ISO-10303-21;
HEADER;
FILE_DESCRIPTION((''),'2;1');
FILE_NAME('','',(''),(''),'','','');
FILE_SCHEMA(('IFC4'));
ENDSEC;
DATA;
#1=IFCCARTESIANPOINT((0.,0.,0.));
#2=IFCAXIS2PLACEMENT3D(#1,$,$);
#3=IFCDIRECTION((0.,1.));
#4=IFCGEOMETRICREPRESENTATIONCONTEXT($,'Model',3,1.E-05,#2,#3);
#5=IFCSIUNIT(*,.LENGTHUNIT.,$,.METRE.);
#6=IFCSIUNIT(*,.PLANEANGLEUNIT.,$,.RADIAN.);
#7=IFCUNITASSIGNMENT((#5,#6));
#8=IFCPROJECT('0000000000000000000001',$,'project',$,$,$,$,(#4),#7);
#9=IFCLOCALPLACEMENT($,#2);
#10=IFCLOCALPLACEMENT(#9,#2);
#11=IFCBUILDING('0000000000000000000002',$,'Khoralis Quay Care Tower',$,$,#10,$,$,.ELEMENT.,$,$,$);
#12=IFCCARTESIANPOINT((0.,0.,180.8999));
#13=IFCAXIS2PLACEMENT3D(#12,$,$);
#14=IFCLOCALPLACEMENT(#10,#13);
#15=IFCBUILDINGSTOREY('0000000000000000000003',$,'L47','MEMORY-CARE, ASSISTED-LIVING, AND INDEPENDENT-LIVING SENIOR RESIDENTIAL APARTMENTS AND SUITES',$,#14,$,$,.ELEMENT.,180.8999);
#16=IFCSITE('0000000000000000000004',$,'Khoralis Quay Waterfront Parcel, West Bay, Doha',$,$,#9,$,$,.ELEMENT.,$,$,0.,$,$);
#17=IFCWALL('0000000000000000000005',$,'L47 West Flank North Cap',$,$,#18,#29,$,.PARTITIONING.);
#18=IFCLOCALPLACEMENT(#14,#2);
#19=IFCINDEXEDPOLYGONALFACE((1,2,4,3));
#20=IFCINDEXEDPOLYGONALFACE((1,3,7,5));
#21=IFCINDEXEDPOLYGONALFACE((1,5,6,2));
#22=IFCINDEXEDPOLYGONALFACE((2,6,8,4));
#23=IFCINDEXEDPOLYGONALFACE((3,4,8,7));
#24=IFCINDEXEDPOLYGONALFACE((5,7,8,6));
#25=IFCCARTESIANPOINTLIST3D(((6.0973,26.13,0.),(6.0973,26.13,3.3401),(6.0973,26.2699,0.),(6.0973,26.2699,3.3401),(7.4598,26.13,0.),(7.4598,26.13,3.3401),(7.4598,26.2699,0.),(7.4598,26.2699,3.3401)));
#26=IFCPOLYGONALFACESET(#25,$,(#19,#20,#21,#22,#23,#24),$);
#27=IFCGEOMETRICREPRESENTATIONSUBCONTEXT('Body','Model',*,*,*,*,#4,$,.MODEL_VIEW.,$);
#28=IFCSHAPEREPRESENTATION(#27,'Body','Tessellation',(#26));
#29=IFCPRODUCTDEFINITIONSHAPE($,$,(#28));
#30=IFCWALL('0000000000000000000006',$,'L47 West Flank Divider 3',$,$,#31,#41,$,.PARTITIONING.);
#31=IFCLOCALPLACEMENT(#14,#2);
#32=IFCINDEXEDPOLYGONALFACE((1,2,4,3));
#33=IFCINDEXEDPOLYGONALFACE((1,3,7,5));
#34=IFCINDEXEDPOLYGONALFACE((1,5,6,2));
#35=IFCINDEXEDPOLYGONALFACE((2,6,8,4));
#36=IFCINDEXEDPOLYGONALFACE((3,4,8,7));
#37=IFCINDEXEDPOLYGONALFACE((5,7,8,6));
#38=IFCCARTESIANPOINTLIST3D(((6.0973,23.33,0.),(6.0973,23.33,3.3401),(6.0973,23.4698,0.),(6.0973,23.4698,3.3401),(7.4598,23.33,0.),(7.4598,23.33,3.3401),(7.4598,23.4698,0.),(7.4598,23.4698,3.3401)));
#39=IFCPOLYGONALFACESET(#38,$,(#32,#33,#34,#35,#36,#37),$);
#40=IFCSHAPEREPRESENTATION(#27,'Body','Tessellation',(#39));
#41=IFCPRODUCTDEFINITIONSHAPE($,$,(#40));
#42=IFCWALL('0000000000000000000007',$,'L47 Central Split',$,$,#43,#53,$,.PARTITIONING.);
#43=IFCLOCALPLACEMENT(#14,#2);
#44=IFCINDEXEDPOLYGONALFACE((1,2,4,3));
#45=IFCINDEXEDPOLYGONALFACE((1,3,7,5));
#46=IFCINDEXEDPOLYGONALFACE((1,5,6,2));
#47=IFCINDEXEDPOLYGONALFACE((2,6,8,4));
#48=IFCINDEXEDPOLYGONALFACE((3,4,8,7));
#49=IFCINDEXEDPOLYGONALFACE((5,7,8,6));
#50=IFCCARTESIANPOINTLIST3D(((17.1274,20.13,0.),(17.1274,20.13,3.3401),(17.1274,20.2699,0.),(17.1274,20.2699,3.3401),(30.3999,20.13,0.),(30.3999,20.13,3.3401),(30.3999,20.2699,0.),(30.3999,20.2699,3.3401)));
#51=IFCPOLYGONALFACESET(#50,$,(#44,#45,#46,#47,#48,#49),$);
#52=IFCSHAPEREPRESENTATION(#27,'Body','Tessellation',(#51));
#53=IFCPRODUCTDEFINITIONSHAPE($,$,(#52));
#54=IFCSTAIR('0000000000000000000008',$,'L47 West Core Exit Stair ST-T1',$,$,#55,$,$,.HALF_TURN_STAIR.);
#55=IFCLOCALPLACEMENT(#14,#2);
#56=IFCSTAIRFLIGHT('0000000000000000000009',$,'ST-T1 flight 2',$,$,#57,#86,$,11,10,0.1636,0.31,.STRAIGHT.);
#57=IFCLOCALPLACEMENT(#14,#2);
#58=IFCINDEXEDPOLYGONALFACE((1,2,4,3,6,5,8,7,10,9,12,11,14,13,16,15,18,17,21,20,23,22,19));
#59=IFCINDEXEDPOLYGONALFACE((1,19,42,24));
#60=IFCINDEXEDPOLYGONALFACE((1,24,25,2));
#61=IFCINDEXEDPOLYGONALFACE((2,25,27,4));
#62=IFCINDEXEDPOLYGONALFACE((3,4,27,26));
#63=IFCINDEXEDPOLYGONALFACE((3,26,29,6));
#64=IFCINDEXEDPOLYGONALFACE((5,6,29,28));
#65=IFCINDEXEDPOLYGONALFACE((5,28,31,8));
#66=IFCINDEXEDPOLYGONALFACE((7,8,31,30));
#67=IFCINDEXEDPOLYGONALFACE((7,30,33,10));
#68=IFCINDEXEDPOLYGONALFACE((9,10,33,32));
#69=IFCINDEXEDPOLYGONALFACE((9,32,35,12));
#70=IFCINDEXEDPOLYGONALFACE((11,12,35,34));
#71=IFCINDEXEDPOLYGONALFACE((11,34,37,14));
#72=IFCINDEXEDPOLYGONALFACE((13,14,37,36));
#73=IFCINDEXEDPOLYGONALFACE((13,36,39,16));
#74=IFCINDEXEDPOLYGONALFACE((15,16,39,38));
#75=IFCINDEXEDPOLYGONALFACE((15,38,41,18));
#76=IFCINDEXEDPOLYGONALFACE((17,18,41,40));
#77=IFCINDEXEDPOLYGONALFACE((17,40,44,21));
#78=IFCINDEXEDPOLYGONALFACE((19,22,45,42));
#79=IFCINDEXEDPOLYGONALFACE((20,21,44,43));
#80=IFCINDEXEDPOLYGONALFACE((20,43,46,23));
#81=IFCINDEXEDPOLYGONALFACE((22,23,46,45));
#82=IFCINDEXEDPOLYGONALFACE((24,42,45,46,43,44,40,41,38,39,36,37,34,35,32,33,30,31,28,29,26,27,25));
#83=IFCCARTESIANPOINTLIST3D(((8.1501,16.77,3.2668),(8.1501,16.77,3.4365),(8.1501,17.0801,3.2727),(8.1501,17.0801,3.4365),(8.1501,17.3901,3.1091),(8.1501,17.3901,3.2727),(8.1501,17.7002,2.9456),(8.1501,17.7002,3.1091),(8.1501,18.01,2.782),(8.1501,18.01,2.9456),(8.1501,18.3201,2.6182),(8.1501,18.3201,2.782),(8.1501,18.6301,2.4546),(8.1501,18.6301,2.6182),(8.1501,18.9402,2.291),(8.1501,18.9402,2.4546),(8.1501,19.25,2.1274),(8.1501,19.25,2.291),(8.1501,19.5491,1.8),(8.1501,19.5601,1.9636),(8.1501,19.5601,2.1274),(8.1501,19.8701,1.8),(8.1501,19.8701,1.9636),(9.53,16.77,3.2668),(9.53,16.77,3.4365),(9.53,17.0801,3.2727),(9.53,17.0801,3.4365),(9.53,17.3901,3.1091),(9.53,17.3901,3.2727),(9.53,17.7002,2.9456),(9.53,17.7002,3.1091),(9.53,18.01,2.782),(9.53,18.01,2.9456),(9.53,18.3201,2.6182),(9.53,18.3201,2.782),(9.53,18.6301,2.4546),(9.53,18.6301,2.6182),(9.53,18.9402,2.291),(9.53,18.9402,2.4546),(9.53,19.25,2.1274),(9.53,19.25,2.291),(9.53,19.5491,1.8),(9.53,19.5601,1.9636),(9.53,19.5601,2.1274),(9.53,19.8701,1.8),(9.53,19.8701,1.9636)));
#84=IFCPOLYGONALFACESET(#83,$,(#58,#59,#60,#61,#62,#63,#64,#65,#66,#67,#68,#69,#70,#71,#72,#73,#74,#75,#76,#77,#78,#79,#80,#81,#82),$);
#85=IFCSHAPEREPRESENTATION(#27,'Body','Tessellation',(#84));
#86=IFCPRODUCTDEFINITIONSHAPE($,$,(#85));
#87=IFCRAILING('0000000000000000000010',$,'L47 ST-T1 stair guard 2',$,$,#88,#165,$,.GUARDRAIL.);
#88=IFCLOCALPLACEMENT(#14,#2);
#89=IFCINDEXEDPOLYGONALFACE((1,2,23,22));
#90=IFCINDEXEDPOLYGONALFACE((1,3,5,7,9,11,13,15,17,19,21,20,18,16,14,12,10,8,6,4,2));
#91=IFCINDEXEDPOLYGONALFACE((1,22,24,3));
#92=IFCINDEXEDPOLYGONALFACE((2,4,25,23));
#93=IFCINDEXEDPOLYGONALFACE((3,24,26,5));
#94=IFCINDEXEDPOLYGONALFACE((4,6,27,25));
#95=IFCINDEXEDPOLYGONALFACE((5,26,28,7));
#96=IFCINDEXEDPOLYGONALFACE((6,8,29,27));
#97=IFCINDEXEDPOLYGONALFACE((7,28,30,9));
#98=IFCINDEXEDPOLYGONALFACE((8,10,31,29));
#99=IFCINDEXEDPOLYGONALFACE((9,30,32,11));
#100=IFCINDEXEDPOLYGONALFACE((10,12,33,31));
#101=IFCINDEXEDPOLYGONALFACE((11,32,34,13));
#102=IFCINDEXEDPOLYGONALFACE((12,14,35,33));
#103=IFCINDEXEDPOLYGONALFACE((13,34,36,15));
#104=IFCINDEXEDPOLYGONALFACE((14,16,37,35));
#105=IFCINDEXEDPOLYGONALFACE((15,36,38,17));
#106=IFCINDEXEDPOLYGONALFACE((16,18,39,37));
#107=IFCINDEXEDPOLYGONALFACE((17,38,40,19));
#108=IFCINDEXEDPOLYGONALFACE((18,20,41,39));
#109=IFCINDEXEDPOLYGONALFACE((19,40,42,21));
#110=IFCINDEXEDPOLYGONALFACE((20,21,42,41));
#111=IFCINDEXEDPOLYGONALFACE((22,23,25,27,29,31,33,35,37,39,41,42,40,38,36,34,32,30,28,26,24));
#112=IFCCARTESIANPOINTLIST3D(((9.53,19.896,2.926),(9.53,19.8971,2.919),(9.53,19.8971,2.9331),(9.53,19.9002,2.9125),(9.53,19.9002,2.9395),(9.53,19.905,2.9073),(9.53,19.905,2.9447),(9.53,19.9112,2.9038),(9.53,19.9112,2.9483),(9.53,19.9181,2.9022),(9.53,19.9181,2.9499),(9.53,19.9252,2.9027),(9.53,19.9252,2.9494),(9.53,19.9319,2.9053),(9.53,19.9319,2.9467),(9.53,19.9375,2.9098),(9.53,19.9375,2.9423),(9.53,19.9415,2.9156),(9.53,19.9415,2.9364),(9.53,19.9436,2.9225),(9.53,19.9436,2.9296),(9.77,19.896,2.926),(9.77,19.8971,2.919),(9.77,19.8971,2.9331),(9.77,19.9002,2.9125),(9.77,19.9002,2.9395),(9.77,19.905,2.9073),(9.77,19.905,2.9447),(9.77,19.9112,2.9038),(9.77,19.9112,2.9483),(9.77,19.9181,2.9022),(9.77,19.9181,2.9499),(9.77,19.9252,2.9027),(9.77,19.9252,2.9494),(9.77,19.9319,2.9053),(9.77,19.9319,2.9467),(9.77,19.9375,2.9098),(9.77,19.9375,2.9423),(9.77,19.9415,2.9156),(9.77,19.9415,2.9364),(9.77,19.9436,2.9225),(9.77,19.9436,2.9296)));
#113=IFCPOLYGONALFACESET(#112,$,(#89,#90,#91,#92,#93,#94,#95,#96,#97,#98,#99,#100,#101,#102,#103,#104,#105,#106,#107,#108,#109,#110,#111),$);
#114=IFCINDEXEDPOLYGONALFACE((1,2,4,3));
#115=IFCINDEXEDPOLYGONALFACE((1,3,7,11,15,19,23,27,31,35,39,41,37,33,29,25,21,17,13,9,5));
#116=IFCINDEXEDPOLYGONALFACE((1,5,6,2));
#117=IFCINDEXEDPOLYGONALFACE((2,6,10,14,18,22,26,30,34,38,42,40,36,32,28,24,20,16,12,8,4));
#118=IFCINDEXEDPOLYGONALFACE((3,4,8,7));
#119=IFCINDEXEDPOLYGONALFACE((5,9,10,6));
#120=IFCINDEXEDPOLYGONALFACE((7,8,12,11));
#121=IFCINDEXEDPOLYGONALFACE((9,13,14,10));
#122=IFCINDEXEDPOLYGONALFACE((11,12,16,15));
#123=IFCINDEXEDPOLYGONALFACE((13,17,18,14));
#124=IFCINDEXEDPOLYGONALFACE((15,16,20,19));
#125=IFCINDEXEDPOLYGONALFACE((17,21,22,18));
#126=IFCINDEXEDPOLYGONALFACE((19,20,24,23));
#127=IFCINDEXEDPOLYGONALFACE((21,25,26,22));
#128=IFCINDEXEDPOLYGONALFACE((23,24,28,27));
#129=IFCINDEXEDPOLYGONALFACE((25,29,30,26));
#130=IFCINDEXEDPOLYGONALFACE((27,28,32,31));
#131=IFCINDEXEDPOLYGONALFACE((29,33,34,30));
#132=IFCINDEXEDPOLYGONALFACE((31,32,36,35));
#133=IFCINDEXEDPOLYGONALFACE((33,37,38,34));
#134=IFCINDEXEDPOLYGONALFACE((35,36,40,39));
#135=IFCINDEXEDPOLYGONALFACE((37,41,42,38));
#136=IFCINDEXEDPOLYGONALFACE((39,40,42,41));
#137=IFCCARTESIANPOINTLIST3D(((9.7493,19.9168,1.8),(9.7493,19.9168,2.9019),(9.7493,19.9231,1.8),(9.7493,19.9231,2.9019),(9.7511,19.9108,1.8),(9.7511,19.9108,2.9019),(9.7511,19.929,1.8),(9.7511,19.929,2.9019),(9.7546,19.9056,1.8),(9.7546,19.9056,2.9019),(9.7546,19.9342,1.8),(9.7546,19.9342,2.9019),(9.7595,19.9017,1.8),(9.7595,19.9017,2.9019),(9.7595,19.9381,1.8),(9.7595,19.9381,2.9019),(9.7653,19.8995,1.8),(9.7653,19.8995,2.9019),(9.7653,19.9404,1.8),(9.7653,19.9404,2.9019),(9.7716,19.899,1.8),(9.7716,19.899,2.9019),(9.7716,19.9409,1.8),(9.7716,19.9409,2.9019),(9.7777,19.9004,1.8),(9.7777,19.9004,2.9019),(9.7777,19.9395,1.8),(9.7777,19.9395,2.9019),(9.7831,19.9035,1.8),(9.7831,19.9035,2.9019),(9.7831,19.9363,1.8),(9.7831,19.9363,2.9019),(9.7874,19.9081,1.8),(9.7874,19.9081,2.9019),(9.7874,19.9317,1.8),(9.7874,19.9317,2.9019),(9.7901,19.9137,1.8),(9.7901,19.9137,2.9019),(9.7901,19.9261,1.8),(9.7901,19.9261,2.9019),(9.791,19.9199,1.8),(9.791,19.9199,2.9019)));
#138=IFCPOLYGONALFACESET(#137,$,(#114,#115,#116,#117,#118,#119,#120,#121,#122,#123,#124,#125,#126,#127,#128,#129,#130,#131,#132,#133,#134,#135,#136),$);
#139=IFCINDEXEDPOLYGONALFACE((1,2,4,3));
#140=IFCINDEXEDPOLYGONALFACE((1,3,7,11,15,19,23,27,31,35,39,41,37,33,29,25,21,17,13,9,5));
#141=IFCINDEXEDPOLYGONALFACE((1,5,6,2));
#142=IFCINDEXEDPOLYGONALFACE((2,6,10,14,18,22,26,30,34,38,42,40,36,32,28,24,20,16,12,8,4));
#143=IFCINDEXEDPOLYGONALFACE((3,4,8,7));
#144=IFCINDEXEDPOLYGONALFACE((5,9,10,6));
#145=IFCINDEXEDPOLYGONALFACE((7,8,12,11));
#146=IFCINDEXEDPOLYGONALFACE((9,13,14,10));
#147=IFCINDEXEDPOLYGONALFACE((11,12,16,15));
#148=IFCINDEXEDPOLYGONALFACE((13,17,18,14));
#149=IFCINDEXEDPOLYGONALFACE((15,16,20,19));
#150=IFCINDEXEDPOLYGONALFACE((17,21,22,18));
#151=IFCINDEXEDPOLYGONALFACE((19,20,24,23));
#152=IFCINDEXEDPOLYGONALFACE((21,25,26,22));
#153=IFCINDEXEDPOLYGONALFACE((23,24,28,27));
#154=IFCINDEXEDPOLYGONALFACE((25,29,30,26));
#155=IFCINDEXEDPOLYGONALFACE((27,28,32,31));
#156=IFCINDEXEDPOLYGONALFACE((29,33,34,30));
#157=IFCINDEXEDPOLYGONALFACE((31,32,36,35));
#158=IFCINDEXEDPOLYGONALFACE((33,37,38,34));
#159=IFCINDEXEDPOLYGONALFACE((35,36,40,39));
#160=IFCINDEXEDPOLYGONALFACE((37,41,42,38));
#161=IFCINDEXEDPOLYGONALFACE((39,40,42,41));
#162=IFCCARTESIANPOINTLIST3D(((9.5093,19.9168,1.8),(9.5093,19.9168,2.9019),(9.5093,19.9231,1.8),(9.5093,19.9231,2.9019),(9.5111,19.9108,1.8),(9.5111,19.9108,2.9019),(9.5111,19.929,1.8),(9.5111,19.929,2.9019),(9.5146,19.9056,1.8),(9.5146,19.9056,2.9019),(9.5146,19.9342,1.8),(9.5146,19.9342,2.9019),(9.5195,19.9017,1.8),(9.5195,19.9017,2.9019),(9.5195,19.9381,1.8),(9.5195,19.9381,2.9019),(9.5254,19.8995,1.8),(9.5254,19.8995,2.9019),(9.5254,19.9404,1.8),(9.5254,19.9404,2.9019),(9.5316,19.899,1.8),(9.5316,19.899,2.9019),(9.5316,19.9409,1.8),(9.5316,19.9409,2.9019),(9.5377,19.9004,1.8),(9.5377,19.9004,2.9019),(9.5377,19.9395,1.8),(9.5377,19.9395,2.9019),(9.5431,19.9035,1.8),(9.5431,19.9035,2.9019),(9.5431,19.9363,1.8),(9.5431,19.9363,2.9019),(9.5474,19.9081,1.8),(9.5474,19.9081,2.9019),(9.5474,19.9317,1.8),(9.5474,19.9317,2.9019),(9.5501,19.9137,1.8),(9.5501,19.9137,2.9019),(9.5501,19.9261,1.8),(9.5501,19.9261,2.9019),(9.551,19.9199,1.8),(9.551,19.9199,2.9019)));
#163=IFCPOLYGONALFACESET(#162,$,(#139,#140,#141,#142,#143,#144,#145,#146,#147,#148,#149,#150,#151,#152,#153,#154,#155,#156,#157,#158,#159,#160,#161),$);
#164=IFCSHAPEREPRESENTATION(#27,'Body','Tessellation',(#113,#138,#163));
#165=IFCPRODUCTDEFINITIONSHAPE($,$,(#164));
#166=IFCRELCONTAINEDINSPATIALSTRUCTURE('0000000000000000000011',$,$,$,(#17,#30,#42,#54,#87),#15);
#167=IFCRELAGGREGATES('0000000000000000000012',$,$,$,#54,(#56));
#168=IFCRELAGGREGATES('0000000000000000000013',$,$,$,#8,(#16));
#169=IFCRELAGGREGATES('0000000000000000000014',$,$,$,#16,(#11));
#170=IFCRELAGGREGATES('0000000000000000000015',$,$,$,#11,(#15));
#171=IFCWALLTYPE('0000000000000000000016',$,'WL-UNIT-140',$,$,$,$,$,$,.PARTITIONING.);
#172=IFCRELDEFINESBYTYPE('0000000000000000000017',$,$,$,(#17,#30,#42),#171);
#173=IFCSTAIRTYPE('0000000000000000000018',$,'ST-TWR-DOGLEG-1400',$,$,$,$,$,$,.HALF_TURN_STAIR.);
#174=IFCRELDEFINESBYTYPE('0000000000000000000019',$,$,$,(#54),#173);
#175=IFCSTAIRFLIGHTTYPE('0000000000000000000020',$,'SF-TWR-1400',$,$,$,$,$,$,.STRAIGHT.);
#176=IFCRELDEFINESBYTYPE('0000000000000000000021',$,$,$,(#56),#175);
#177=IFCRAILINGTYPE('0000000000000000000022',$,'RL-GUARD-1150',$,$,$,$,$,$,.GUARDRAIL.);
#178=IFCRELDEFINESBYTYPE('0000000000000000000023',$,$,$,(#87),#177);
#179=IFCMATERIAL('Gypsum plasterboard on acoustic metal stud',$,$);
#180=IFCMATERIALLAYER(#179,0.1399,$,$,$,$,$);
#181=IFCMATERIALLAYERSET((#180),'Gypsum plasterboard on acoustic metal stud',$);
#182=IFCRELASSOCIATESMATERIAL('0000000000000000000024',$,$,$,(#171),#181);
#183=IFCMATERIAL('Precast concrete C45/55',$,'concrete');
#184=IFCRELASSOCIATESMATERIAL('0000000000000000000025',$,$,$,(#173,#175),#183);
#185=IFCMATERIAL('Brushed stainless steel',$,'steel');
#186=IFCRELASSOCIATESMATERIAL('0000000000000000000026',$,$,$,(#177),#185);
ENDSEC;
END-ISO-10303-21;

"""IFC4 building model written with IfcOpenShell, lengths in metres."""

from ifc_helpers import new_model, si_unit, direction, frame, frame_2d, origin, origin_2d, place, context, subcontext, project, spatial, polyline, rectangle, circle, outline, extrude, source, transform, mapped, material, layer, layer_set, type_object, element, aggregate, save


model = new_model("IFC4")

# Units and contexts
model_context = context("Model", 3, precision=1e-05, world=origin(), true_north=direction((0.0, 1.0)))
body_context = subcontext(model_context, "Body", "Model", "MODEL_VIEW")
ifc_project = project(units=[si_unit("LENGTHUNIT", "METRE"), si_unit("PLANEANGLEUNIT", "RADIAN")], contexts=[model_context])

# Site, building, storey
site_placement = place(None, origin())
site = spatial("IfcSite", under=ifc_project, at=site_placement, Name="Khoralis Quay Waterfront Parcel, West Bay, Doha", CompositionType="ELEMENT", RefElevation=0.0)
building_placement = place(site_placement, origin())
building = spatial("IfcBuilding", under=site, at=building_placement, Name="Khoralis Quay Care Tower", CompositionType="ELEMENT")
storey_placement = place(building_placement, frame((0.0, 0.0, 180.8999)))
storey = spatial("IfcBuildingStorey", under=building, at=storey_placement, Name="L47", Description="MEMORY-CARE, ASSISTED-LIVING, AND INDEPENDENT-LIVING SENIOR RESIDENTIAL APARTMENTS AND SUITES", CompositionType="ELEMENT", Elevation=180.8999)

# Shared definitions
ifc_material_1 = material(Name="Brushed stainless steel", Category="steel")

# Walls
ifc_material_2 = material(Name="Gypsum plasterboard on acoustic metal stud")
ifc_layer_1 = layer(ifc_material_2, 0.1399)
ifc_layer_set_1 = layer_set([ifc_layer_1], Name="Gypsum plasterboard on acoustic metal stud")
wall_type_1 = type_object("IfcWallType", Name="WL-UNIT-140", PredefinedType="PARTITIONING", material=ifc_layer_set_1)
for number, where, z_axis, x_axis, name in (
    (1, (6.0974, 26.2, 0.0), (0.0, 0.0, 1.0), (1.0, 0.0, 0.0), "L47 West Flank North Cap"),
    (2, (6.0974, 23.3999, 0.0), (0.0, 0.0, 1.0), (1.0, 0.0, 0.0), "L47 West Flank Divider 3"),
):
    element("IfcWall", number, at=place(storey_placement, frame(where, z_axis=z_axis, x_axis=x_axis)), inside=storey, type_object=wall_type_1, Name=name, PredefinedType="PARTITIONING", context=body_context, shape_type="SweptSolid", body=[
        extrude(rectangle(XDim=1.3625, YDim=0.1399, at=frame_2d((0.6812, 0.0))), origin(), (0.0, 0.0, 1.0), 3.3401),
    ])
wall_1_placement = place(storey_placement, frame((17.1274, 20.2, 0.0), z_axis=(0.0, 0.0, 1.0), x_axis=(1.0, 0.0, 0.0)))
element("IfcWall", 3, at=wall_1_placement, inside=storey, type_object=wall_type_1, Name="L47 Central Split", PredefinedType="PARTITIONING", context=body_context, shape_type="SweptSolid", body=[
    extrude(rectangle(XDim=13.2725, YDim=0.1399, at=frame_2d((6.6362, 0.0))), origin(), (0.0, 0.0, 1.0), 3.3401),
])

# Stair, stair flight
ifc_material_3 = material(Name="Precast concrete C45/55", Category="concrete")
stair_type = type_object("IfcStairType", Name="ST-TWR-DOGLEG-1400", PredefinedType="HALF_TURN_STAIR", material=ifc_material_3)
stair_placement = place(storey_placement, origin())
stair = element("IfcStair", 4, at=stair_placement, inside=storey, type_object=stair_type, Name="L47 West Core Exit Stair ST-T1", PredefinedType="HALF_TURN_STAIR")
stair_flight_type = type_object("IfcStairFlightType", Name="SF-TWR-1400", PredefinedType="STRAIGHT", material=ifc_material_3)
shared_shape_1 = source(origin(), body_context, "Body", "SweptSolid", [
    extrude(outline(polyline([(0.0, 0.0), (0.0, 0.1636), (0.3101, 0.1636), (0.3101, 0.3274), (0.6201, 0.3274), (0.6201, 0.491), (0.9299, 0.491), (0.9299, 0.6545), (1.24, 0.6545), (1.24, 0.8181), (1.55, 0.8181), (1.55, 0.9819), (1.8601, 0.9819), (1.8601, 1.1455), (2.1699, 1.1455), (2.1699, 1.3091), (2.48, 1.3091), (2.48, 1.4727), (2.79, 1.4727), (2.79, 1.6365), (3.1001, 1.6365), (3.1001, 1.8), (3.1001, 1.4668), (0.321, 0.0), (0.0, 0.0)])), frame((0.0, 0.6899, 0.0), z_axis=(0.0, -1.0, 0.0), x_axis=(1.0, 0.0, 0.0)), (0.0, 0.0, 1.0), 1.3799),
])
stair_flight_placement = place(storey_placement, frame((8.8401, 19.8701, 1.8), z_axis=(0.0, 0.0, 1.0), x_axis=(0.0, -1.0, 0.0)))
stair_flight = element("IfcStairFlight", 5, at=stair_flight_placement, type_object=stair_flight_type, Name="ST-T1 flight 2", NumberOfRisers=11, NumberOfTreads=10, PredefinedType="STRAIGHT", RiserHeight=0.1636, TreadLength=0.31, context=body_context, shape_type="MappedRepresentation", body=[
    mapped(shared_shape_1, transform((0.0, 0.0, 0.0), scale=1.0)),
])
aggregate(stair, [stair_flight])

# Railing
railing_type_1 = type_object("IfcRailingType", Name="RL-GUARD-1150", PredefinedType="GUARDRAIL", material=ifc_material_1)
railing_1_placement = place(storey_placement, frame((9.77, 19.9199, 1.8)))
element("IfcRailing", 6, at=railing_1_placement, inside=storey, type_object=railing_type_1, Name="L47 ST-T1 stair guard 2", PredefinedType="GUARDRAIL", context=body_context, shape_type="SweptSolid", body=[
    extrude(circle(Radius=0.0239, at=origin_2d()), frame((0.0, 0.0, 1.126), z_axis=(-1.0, 0.0, 0.0), x_axis=(0.0, -1.0, 0.0)), (0.0, 0.0, 1.0), 0.24),
    extrude(circle(Radius=0.021, at=origin_2d()), origin(), (0.0, 0.0, 1.0), 1.1018),
    extrude(circle(Radius=0.021, at=origin_2d()), frame((-0.24, 0.0, 0.0)), (0.0, 0.0, 1.0), 1.1018),
])

save(model, "model.ifc")
